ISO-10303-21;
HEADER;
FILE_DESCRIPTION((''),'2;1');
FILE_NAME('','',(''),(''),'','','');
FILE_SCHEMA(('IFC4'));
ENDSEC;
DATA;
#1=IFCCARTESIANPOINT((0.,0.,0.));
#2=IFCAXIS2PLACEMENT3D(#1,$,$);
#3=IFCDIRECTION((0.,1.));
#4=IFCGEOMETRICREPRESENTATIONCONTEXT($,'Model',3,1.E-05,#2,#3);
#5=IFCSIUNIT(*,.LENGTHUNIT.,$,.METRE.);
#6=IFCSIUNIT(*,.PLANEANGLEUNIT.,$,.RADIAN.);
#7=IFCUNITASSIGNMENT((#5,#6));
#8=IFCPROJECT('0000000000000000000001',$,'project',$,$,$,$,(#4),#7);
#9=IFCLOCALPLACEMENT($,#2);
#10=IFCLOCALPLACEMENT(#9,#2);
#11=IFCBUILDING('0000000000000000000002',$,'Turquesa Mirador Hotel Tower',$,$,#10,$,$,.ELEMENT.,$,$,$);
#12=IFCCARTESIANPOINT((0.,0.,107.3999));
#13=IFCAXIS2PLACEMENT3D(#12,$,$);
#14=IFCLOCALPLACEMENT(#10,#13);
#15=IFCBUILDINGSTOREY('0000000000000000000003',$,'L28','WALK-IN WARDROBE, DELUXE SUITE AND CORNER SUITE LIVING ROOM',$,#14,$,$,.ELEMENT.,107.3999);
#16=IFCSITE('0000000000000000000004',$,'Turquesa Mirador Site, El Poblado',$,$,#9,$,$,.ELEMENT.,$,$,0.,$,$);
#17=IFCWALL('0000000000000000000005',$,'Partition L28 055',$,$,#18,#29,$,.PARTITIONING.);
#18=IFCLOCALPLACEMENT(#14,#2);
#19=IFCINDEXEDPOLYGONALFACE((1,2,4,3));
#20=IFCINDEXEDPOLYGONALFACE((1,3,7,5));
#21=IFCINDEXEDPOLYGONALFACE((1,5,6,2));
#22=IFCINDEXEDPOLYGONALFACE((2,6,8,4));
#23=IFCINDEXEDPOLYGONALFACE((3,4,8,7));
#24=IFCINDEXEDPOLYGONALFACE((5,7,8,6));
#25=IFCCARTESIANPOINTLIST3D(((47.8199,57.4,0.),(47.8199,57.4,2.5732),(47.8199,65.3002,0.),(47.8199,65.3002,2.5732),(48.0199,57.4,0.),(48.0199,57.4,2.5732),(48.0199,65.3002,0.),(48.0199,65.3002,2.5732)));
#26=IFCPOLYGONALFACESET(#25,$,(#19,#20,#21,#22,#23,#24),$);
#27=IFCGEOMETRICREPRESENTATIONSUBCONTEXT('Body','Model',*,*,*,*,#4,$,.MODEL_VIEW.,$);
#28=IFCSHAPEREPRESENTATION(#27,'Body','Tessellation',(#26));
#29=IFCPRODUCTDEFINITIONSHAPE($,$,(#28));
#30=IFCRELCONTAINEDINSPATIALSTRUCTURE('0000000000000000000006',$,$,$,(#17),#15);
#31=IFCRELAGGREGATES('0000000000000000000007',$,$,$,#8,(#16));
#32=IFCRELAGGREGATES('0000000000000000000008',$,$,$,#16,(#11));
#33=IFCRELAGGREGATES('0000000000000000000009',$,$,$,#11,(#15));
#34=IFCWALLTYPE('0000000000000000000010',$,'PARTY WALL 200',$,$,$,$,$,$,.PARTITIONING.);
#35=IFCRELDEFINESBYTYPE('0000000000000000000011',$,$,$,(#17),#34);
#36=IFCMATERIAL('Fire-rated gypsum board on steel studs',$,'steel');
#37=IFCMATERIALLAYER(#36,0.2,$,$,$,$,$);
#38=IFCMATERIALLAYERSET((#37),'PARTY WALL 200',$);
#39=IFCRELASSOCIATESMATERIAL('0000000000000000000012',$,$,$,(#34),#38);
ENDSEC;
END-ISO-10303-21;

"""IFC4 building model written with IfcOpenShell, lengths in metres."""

from ifc_helpers import new_model, si_unit, direction, frame, frame_2d, origin, place, context, subcontext, project, spatial, rectangle, extrude, material, layer, layer_set, type_object, element, save


model = new_model("IFC4")

# Units and contexts
model_context = context("Model", 3, precision=1e-05, world=origin(), true_north=direction((0.0, 1.0)))
body_context = subcontext(model_context, "Body", "Model", "MODEL_VIEW")
ifc_project = project(units=[si_unit("LENGTHUNIT", "METRE"), si_unit("PLANEANGLEUNIT", "RADIAN")], contexts=[model_context])

# Site, building, storey
site_placement = place(None, origin())
site = spatial("IfcSite", under=ifc_project, at=site_placement, Name="Turquesa Mirador Site, El Poblado", CompositionType="ELEMENT", RefElevation=0.0)
building_placement = place(site_placement, origin())
building = spatial("IfcBuilding", under=site, at=building_placement, Name="Turquesa Mirador Hotel Tower", CompositionType="ELEMENT")
storey_placement = place(building_placement, frame((0.0, 0.0, 107.3999)))
storey = spatial("IfcBuildingStorey", under=building, at=storey_placement, Name="L28", Description="WALK-IN WARDROBE, DELUXE SUITE AND CORNER SUITE LIVING ROOM", CompositionType="ELEMENT", Elevation=107.3999)

# Wall
ifc_material_1 = material(Name="Fire-rated gypsum board on steel studs", Category="steel")
ifc_layer_1 = layer(ifc_material_1, 0.2)
ifc_layer_set_1 = layer_set([ifc_layer_1], Name="PARTY WALL 200")
wall_type_1 = type_object("IfcWallType", Name="PARTY WALL 200", PredefinedType="PARTITIONING", material=ifc_layer_set_1)
wall_1_placement = place(storey_placement, frame((47.9199, 57.3999, 0.0), z_axis=(0.0, 0.0, 1.0), x_axis=(0.0, 1.0, 0.0)))
element("IfcWall", 1, at=wall_1_placement, inside=storey, type_object=wall_type_1, Name="Partition L28 055", PredefinedType="PARTITIONING", context=body_context, shape_type="SweptSolid", body=[
    extrude(rectangle(XDim=7.9001, YDim=0.2, at=frame_2d((3.9502, 0.0))), origin(), (0.0, 0.0, 1.0), 2.5732),
])

save(model, "model.ifc")
